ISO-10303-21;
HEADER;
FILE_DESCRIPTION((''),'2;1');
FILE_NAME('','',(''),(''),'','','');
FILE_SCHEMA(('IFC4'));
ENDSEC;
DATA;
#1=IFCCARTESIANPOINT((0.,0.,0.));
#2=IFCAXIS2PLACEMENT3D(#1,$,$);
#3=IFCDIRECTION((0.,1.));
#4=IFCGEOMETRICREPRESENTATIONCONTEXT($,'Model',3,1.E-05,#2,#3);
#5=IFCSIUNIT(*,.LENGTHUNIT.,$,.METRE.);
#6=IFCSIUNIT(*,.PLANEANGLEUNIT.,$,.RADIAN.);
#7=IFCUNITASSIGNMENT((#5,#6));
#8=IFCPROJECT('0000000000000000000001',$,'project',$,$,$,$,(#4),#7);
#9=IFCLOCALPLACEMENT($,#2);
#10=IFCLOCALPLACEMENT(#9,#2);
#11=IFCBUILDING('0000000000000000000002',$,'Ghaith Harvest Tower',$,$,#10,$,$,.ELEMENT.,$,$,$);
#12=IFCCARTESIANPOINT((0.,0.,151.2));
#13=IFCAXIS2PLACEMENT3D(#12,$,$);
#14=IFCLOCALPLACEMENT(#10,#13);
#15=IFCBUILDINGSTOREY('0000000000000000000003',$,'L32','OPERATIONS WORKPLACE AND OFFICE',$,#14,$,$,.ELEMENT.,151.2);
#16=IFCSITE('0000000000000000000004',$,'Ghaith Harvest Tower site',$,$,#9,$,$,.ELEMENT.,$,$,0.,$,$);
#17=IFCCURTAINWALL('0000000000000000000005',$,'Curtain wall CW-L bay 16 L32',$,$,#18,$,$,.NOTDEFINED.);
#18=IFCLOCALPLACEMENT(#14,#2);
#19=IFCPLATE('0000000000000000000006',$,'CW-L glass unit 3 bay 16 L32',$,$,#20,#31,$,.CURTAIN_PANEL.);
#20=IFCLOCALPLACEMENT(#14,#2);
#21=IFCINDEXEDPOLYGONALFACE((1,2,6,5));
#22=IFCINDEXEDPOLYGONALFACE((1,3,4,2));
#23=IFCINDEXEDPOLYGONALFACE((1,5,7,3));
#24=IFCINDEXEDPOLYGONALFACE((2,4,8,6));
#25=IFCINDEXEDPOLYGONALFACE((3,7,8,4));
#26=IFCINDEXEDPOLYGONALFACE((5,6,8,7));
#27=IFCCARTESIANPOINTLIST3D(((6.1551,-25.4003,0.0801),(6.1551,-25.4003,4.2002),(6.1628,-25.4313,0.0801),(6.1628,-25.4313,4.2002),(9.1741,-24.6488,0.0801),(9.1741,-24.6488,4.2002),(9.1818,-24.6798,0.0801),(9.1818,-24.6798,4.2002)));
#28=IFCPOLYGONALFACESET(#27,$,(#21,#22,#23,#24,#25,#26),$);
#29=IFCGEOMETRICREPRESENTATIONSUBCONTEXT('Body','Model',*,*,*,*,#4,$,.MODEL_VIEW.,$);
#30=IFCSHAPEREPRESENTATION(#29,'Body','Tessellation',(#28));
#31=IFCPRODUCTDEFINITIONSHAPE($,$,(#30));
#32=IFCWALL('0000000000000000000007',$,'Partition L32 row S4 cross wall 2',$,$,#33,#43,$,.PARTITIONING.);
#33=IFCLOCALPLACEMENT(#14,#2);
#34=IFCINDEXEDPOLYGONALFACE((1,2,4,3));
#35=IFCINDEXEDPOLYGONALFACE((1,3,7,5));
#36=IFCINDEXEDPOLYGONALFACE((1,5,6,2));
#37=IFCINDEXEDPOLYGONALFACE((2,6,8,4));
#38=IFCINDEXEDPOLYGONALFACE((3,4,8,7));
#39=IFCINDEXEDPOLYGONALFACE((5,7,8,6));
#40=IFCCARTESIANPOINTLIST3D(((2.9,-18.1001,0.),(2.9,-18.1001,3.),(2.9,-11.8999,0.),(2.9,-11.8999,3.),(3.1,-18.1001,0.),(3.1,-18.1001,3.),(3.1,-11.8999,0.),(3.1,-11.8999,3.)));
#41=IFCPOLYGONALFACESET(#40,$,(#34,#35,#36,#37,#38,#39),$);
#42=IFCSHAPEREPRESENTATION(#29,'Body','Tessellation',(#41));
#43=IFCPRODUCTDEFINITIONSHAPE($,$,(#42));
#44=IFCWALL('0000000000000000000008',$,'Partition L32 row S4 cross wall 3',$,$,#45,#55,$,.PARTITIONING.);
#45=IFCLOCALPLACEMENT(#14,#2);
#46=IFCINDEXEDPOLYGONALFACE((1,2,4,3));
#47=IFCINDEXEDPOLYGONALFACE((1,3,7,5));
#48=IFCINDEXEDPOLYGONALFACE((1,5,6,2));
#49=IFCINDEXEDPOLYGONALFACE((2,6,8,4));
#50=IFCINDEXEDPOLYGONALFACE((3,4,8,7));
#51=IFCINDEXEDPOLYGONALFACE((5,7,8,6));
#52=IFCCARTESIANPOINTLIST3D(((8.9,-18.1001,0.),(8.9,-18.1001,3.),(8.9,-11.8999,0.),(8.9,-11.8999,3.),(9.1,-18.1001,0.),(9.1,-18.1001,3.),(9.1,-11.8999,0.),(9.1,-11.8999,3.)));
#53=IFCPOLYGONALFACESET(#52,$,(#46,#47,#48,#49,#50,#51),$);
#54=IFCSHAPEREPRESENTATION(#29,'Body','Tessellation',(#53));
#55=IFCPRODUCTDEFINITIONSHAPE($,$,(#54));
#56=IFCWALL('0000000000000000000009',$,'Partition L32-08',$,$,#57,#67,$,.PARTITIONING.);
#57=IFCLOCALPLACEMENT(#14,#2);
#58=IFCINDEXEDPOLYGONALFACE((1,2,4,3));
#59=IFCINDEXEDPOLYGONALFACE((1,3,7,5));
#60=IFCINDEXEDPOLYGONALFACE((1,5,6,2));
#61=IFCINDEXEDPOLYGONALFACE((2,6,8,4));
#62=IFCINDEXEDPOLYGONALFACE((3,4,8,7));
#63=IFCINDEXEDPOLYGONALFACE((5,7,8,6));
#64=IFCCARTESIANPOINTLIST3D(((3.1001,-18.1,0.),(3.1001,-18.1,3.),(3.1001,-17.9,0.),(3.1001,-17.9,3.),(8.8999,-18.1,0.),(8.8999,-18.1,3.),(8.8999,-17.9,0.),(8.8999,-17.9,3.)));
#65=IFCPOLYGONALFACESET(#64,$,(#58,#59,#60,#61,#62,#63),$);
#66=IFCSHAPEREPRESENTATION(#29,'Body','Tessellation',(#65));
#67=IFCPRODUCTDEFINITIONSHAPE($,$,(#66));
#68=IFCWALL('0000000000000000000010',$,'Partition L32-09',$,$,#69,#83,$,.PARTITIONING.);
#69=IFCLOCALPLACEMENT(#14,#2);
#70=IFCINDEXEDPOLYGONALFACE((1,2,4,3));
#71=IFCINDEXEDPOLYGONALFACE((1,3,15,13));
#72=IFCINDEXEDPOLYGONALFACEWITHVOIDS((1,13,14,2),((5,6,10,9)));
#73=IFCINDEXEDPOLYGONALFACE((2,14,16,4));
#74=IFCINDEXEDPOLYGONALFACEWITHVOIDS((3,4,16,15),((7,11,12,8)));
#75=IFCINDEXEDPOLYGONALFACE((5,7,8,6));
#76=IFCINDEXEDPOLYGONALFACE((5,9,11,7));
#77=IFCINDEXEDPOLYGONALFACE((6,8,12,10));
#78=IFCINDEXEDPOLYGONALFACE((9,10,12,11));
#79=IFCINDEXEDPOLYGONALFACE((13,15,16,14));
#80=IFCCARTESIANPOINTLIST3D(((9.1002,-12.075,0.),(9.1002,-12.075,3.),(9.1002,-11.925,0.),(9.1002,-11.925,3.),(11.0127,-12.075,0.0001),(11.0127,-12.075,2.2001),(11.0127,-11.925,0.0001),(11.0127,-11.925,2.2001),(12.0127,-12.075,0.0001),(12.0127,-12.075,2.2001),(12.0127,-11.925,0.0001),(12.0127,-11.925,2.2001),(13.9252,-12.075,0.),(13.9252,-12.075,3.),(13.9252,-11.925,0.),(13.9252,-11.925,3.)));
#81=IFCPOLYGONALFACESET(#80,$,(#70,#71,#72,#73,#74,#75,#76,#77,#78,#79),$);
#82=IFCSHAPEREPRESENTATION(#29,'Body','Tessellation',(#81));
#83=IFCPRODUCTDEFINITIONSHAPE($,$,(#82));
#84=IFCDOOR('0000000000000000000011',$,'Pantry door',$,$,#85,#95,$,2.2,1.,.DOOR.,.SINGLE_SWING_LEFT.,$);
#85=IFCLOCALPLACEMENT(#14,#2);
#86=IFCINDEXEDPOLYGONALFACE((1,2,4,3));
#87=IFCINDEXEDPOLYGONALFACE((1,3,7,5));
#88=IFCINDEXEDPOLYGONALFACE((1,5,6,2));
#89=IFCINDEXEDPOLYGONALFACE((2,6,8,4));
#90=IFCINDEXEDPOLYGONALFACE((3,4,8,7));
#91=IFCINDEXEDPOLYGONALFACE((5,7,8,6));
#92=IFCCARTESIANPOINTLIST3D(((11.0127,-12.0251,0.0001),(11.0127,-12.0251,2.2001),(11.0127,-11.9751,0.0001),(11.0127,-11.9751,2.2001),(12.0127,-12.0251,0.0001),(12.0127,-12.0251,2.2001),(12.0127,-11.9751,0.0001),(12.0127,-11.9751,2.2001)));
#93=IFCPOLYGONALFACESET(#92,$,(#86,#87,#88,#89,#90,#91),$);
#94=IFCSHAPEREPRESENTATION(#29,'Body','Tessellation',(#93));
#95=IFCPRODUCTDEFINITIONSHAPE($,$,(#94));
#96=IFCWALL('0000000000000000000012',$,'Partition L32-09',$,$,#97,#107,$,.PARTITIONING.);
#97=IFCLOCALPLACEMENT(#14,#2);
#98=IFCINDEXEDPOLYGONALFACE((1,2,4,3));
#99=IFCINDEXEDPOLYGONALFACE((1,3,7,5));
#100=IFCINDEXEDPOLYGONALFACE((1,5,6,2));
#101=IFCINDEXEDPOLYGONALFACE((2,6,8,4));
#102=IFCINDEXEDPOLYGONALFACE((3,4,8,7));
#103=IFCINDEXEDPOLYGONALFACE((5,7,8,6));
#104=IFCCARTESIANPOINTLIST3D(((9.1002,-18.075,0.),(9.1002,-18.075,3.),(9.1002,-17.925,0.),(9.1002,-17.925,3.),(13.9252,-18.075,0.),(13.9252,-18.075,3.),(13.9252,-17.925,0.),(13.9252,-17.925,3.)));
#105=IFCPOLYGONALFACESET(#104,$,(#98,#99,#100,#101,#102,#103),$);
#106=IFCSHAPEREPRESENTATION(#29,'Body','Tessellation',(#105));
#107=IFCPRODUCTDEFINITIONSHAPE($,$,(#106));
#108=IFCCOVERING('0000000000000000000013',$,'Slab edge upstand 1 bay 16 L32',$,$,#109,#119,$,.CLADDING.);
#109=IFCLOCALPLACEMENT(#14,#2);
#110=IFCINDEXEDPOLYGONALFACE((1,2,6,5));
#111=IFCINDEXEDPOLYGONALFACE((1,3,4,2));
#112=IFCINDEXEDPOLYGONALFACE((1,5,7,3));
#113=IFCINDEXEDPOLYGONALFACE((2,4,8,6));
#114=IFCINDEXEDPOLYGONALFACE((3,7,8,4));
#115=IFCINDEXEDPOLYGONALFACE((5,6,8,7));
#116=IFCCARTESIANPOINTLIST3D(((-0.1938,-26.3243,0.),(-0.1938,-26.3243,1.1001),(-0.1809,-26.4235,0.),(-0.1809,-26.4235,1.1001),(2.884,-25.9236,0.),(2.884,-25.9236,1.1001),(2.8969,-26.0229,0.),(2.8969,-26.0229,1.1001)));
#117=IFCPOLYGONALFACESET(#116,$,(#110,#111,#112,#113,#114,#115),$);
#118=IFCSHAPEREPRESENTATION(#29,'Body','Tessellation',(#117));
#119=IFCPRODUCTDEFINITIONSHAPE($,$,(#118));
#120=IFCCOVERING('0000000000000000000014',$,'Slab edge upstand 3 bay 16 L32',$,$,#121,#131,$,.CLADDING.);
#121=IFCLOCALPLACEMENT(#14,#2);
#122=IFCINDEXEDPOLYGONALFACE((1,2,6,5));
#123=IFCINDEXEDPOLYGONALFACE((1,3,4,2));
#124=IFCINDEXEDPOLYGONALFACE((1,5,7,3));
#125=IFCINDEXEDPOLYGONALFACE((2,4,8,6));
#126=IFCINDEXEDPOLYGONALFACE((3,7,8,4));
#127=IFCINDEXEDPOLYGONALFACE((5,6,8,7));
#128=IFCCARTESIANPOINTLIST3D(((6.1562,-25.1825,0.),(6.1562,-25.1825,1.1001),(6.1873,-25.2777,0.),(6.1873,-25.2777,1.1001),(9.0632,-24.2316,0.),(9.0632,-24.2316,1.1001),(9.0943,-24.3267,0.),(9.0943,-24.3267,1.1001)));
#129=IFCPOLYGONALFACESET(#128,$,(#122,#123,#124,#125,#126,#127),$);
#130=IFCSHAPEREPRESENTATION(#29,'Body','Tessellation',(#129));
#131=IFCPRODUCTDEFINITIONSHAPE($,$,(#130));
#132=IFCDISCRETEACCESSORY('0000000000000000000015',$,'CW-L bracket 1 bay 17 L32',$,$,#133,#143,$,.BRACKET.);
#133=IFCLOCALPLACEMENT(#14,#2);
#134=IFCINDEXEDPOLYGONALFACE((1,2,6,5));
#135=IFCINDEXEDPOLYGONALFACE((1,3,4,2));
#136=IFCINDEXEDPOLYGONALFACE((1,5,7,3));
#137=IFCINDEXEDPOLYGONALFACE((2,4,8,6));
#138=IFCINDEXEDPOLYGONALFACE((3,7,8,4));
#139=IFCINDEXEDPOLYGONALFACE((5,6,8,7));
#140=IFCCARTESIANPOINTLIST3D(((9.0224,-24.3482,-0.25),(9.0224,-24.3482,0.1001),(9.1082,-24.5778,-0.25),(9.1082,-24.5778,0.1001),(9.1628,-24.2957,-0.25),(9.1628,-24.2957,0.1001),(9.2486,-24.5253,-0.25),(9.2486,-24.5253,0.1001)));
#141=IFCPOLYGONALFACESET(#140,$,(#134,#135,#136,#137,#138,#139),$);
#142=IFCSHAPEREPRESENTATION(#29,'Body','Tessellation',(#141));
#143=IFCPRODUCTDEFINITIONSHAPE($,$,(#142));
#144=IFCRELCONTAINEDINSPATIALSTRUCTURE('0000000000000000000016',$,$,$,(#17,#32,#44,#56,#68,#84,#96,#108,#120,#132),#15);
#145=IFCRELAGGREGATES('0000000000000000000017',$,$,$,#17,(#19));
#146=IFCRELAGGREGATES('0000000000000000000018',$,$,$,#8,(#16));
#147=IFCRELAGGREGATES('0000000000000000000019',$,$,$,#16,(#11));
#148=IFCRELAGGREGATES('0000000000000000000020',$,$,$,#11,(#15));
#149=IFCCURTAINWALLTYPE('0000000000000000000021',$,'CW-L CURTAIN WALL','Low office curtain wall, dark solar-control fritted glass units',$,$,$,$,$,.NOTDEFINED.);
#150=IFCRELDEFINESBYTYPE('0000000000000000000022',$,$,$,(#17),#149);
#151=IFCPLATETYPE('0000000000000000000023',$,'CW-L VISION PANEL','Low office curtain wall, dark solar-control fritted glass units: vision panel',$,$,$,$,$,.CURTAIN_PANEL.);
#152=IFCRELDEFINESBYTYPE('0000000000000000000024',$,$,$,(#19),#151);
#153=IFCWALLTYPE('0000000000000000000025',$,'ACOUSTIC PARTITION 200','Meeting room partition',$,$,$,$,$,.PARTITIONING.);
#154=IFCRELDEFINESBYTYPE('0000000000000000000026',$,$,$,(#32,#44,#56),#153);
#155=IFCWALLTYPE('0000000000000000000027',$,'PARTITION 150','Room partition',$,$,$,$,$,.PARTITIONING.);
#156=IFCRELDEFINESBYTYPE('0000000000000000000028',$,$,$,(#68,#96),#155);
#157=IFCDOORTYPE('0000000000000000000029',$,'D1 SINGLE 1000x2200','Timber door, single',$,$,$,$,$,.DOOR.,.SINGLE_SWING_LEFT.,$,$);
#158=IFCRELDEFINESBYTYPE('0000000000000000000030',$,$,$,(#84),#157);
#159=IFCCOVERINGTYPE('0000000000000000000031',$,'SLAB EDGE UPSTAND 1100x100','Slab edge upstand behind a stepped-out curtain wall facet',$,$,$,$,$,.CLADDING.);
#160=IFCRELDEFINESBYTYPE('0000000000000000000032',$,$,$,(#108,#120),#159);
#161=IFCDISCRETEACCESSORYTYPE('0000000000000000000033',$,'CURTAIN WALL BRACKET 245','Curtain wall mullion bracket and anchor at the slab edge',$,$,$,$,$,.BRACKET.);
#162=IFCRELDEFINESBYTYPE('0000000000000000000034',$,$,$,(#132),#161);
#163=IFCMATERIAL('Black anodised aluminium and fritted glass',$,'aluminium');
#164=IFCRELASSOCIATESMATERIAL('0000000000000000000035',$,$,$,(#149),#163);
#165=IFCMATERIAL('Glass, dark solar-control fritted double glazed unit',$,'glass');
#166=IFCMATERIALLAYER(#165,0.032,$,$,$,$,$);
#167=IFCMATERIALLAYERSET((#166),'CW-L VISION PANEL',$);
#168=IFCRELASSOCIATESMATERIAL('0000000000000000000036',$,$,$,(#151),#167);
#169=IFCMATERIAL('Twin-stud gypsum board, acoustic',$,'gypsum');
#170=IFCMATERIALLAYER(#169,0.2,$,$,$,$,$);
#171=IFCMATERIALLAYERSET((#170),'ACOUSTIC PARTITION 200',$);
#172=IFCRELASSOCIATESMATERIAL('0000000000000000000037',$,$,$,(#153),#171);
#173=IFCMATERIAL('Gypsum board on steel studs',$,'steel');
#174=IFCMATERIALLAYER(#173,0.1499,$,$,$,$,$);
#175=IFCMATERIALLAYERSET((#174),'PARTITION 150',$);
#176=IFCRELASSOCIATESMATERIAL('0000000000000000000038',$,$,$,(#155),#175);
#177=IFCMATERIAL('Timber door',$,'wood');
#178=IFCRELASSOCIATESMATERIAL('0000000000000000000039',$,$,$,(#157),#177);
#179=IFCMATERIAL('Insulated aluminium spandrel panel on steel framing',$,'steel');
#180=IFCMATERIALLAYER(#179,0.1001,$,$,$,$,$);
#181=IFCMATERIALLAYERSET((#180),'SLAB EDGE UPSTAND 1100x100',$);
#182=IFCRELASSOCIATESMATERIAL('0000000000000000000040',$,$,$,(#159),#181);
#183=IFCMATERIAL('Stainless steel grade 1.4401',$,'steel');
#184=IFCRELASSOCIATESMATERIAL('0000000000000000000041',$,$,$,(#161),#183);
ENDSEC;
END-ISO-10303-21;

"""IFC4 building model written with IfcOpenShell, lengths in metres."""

from ifc_helpers import new_model, si_unit, direction, frame, frame_2d, origin, origin_2d, place, context, subcontext, project, spatial, rectangle, extrude, material, layer, layer_set, type_object, element, fill, aggregate, save


model = new_model("IFC4")

# Units and contexts
model_context = context("Model", 3, precision=1e-05, world=origin(), true_north=direction((0.0, 1.0)))
body_context = subcontext(model_context, "Body", "Model", "MODEL_VIEW")
ifc_project = project(units=[si_unit("LENGTHUNIT", "METRE"), si_unit("PLANEANGLEUNIT", "RADIAN")], contexts=[model_context])

# Site, building, storey
site_placement = place(None, origin())
site = spatial("IfcSite", under=ifc_project, at=site_placement, Name="Ghaith Harvest Tower site", CompositionType="ELEMENT", RefElevation=0.0)
building_placement = place(site_placement, origin())
building = spatial("IfcBuilding", under=site, at=building_placement, Name="Ghaith Harvest Tower", CompositionType="ELEMENT")
storey_placement = place(building_placement, frame((0.0, 0.0, 151.2)))
storey = spatial("IfcBuildingStorey", under=building, at=storey_placement, Name="L32", Description="OPERATIONS WORKPLACE AND OFFICE", CompositionType="ELEMENT", Elevation=151.2)

# Curtain wall
ifc_material_1 = material(Name="Black anodised aluminium and fritted glass", Category="aluminium")
curtain_wall_type = type_object("IfcCurtainWallType", Name="CW-L CURTAIN WALL", Description="Low office curtain wall, dark solar-control fritted glass units", PredefinedType="NOTDEFINED", material=ifc_material_1)
curtain_wall_1_placement = place(storey_placement, origin())
curtain_wall_1 = element("IfcCurtainWall", 1, at=curtain_wall_1_placement, inside=storey, type_object=curtain_wall_type, Name="Curtain wall CW-L bay 16 L32", PredefinedType="NOTDEFINED")

# Plate
ifc_material_2 = material(Name="Glass, dark solar-control fritted double glazed unit", Category="glass")
ifc_layer_1 = layer(ifc_material_2, 0.032)
ifc_layer_set_1 = layer_set([ifc_layer_1], Name="CW-L VISION PANEL")
plate_type = type_object("IfcPlateType", Name="CW-L VISION PANEL", Description="Low office curtain wall, dark solar-control fritted glass units: vision panel", PredefinedType="CURTAIN_PANEL", material=ifc_layer_set_1)
plate_1_placement = place(storey_placement, frame((7.6685, -25.04, 0.0801), z_axis=(0.0, 0.0, 1.0), x_axis=(0.970384, 0.241566, 0.0)))
plate_1 = element("IfcPlate", 2, at=plate_1_placement, type_object=plate_type, Name="CW-L glass unit 3 bay 16 L32", PredefinedType="CURTAIN_PANEL", context=body_context, shape_type="SweptSolid", body=[
    extrude(rectangle(XDim=3.1111, YDim=0.032, at=origin_2d()), origin(), (0.0, 0.0, 1.0), 4.1201),
])
aggregate(curtain_wall_1, [plate_1])

# Walls
ifc_material_3 = material(Name="Twin-stud gypsum board, acoustic", Category="gypsum")
ifc_layer_2 = layer(ifc_material_3, 0.2)
ifc_layer_set_2 = layer_set([ifc_layer_2], Name="ACOUSTIC PARTITION 200")
wall_type_1 = type_object("IfcWallType", Name="ACOUSTIC PARTITION 200", Description="Meeting room partition", PredefinedType="PARTITIONING", material=ifc_layer_set_2)
for number, where, z_axis, x_axis, name in (
    (3, (3.0, -11.8999, 0.0), (0.0, 0.0, 1.0), (0.0, -1.0, 0.0), "Partition L32 row S4 cross wall 2"),
    (4, (9.0, -11.8999, 0.0), (0.0, 0.0, 1.0), (0.0, -1.0, 0.0), "Partition L32 row S4 cross wall 3"),
):
    element("IfcWall", number, at=place(storey_placement, frame(where, z_axis=z_axis, x_axis=x_axis)), inside=storey, type_object=wall_type_1, Name=name, PredefinedType="PARTITIONING", context=body_context, shape_type="SweptSolid", body=[
        extrude(rectangle(XDim=6.2002, YDim=0.2, at=frame_2d((3.1001, 0.0))), origin(), (0.0, 0.0, 1.0), 3.0),
    ])

# Wall
wall_1_placement = place(storey_placement, frame((3.1001, -18.0, 0.0), z_axis=(0.0, 0.0, 1.0), x_axis=(1.0, 0.0, 0.0)))
element("IfcWall", 5, at=wall_1_placement, inside=storey, type_object=wall_type_1, Name="Partition L32-08", PredefinedType="PARTITIONING", context=body_context, shape_type="SweptSolid", body=[
    extrude(rectangle(XDim=5.7998, YDim=0.2, at=frame_2d((2.8999, 0.0))), origin(), (0.0, 0.0, 1.0), 3.0),
])

# Wall, opening, door
ifc_material_4 = material(Name="Gypsum board on steel studs", Category="steel")
ifc_layer_3 = layer(ifc_material_4, 0.1499)
ifc_layer_set_3 = layer_set([ifc_layer_3], Name="PARTITION 150")
wall_type_2 = type_object("IfcWallType", Name="PARTITION 150", Description="Room partition", PredefinedType="PARTITIONING", material=ifc_layer_set_3)
wall_2_placement = place(storey_placement, frame((9.1001, -12.0, 0.0), z_axis=(0.0, 0.0, 1.0), x_axis=(1.0, 0.0, 0.0)))
wall_2 = element("IfcWall", 6, at=wall_2_placement, inside=storey, type_object=wall_type_2, Name="Partition L32-09", PredefinedType="PARTITIONING", context=body_context, shape_type="SweptSolid", body=[
    extrude(rectangle(XDim=4.825, YDim=0.1499, at=frame_2d((2.4126, 0.0))), origin(), (0.0, 0.0, 1.0), 3.0),
])
opening_1_placement = place(wall_2_placement, frame((1.9126, 0.0, 0.0)))
opening_1 = element("IfcOpeningElement", 7, at=opening_1_placement, cuts=wall_2, PredefinedType="OPENING", context=body_context, shape_type="SweptSolid", body=[
    extrude(rectangle(XDim=1.0, YDim=2.2, at=frame_2d((0.5, 1.1001))), frame((0.0, 0.085, 0.0), z_axis=(0.0, -1.0, 0.0), x_axis=(1.0, 0.0, 0.0)), (0.0, 0.0, 1.0), 0.1699),
])
ifc_material_5 = material(Name="Timber door", Category="wood")
door_type_1 = type_object("IfcDoorType", Name="D1 SINGLE 1000x2200", Description="Timber door, single", OperationType="SINGLE_SWING_LEFT", PredefinedType="DOOR", material=ifc_material_5)
door_1_placement = place(opening_1_placement, origin())
door_1 = element("IfcDoor", 8, at=door_1_placement, inside=storey, type_object=door_type_1, Name="Pantry door", OperationType="SINGLE_SWING_LEFT", OverallHeight=2.2, OverallWidth=1.0, PredefinedType="DOOR", context=body_context, shape_type="SweptSolid", body=[
    extrude(rectangle(XDim=1.0, YDim=2.2, at=frame_2d((0.5, 1.1001))), frame((0.0, 0.0249, 0.0), z_axis=(0.0, -1.0, 0.0), x_axis=(1.0, 0.0, 0.0)), (0.0, 0.0, 1.0), 0.05),
])
fill(opening_1, door_1)

# Wall
wall_3_placement = place(storey_placement, frame((9.1001, -18.0, 0.0), z_axis=(0.0, 0.0, 1.0), x_axis=(1.0, 0.0, 0.0)))
element("IfcWall", 9, at=wall_3_placement, inside=storey, type_object=wall_type_2, Name="Partition L32-09", PredefinedType="PARTITIONING", context=body_context, shape_type="SweptSolid", body=[
    extrude(rectangle(XDim=4.825, YDim=0.1499, at=frame_2d((2.4126, 0.0))), origin(), (0.0, 0.0, 1.0), 3.0),
])

# Coverings
ifc_material_6 = material(Name="Insulated aluminium spandrel panel on steel framing", Category="steel")
ifc_layer_4 = layer(ifc_material_6, 0.1001)
ifc_layer_set_4 = layer_set([ifc_layer_4], Name="SLAB EDGE UPSTAND 1100x100")
covering_type = type_object("IfcCoveringType", Name="SLAB EDGE UPSTAND 1100x100", Description="Slab edge upstand behind a stepped-out curtain wall facet", PredefinedType="CLADDING", material=ifc_layer_set_4)
covering_1_placement = place(storey_placement, frame((1.3516, -26.1736, 0.0), z_axis=(0.0, 0.0, 1.0), x_axis=(0.991634, 0.129084, 0.0)))
element("IfcCovering", 10, at=covering_1_placement, inside=storey, type_object=covering_type, Name="Slab edge upstand 1 bay 16 L32", PredefinedType="CLADDING", context=body_context, shape_type="SweptSolid", body=[
    extrude(rectangle(XDim=3.1038, YDim=0.1001, at=origin_2d()), origin(), (0.0, 0.0, 1.0), 1.1001),
])
covering_2_placement = place(storey_placement, frame((7.6252, -24.7546, 0.0), z_axis=(0.0, 0.0, 1.0), x_axis=(0.950441, 0.310904, 0.0)))
element("IfcCovering", 11, at=covering_2_placement, inside=storey, type_object=covering_type, Name="Slab edge upstand 3 bay 16 L32", PredefinedType="CLADDING", context=body_context, shape_type="SweptSolid", body=[
    extrude(rectangle(XDim=3.0586, YDim=0.1001, at=origin_2d()), origin(), (0.0, 0.0, 1.0), 1.1001),
])

# Discrete accessory
ifc_material_7 = material(Name="Stainless steel grade 1.4401", Category="steel")
discrete_accessory_type = type_object("IfcDiscreteAccessoryType", Name="CURTAIN WALL BRACKET 245", Description="Curtain wall mullion bracket and anchor at the slab edge", PredefinedType="BRACKET", material=ifc_material_7)
discrete_accessory_placement = place(storey_placement, frame((9.1355, -24.4368, -0.25), z_axis=(0.0, 0.0, 1.0), x_axis=(0.350168, -0.936687, 0.0)))
element("IfcDiscreteAccessory", 12, at=discrete_accessory_placement, inside=storey, type_object=discrete_accessory_type, Name="CW-L bracket 1 bay 17 L32", PredefinedType="BRACKET", context=body_context, shape_type="SweptSolid", body=[
    extrude(rectangle(XDim=0.2451, YDim=0.1499, at=origin_2d()), origin(), (0.0, 0.0, 1.0), 0.3501),
])

save(model, "model.ifc")
